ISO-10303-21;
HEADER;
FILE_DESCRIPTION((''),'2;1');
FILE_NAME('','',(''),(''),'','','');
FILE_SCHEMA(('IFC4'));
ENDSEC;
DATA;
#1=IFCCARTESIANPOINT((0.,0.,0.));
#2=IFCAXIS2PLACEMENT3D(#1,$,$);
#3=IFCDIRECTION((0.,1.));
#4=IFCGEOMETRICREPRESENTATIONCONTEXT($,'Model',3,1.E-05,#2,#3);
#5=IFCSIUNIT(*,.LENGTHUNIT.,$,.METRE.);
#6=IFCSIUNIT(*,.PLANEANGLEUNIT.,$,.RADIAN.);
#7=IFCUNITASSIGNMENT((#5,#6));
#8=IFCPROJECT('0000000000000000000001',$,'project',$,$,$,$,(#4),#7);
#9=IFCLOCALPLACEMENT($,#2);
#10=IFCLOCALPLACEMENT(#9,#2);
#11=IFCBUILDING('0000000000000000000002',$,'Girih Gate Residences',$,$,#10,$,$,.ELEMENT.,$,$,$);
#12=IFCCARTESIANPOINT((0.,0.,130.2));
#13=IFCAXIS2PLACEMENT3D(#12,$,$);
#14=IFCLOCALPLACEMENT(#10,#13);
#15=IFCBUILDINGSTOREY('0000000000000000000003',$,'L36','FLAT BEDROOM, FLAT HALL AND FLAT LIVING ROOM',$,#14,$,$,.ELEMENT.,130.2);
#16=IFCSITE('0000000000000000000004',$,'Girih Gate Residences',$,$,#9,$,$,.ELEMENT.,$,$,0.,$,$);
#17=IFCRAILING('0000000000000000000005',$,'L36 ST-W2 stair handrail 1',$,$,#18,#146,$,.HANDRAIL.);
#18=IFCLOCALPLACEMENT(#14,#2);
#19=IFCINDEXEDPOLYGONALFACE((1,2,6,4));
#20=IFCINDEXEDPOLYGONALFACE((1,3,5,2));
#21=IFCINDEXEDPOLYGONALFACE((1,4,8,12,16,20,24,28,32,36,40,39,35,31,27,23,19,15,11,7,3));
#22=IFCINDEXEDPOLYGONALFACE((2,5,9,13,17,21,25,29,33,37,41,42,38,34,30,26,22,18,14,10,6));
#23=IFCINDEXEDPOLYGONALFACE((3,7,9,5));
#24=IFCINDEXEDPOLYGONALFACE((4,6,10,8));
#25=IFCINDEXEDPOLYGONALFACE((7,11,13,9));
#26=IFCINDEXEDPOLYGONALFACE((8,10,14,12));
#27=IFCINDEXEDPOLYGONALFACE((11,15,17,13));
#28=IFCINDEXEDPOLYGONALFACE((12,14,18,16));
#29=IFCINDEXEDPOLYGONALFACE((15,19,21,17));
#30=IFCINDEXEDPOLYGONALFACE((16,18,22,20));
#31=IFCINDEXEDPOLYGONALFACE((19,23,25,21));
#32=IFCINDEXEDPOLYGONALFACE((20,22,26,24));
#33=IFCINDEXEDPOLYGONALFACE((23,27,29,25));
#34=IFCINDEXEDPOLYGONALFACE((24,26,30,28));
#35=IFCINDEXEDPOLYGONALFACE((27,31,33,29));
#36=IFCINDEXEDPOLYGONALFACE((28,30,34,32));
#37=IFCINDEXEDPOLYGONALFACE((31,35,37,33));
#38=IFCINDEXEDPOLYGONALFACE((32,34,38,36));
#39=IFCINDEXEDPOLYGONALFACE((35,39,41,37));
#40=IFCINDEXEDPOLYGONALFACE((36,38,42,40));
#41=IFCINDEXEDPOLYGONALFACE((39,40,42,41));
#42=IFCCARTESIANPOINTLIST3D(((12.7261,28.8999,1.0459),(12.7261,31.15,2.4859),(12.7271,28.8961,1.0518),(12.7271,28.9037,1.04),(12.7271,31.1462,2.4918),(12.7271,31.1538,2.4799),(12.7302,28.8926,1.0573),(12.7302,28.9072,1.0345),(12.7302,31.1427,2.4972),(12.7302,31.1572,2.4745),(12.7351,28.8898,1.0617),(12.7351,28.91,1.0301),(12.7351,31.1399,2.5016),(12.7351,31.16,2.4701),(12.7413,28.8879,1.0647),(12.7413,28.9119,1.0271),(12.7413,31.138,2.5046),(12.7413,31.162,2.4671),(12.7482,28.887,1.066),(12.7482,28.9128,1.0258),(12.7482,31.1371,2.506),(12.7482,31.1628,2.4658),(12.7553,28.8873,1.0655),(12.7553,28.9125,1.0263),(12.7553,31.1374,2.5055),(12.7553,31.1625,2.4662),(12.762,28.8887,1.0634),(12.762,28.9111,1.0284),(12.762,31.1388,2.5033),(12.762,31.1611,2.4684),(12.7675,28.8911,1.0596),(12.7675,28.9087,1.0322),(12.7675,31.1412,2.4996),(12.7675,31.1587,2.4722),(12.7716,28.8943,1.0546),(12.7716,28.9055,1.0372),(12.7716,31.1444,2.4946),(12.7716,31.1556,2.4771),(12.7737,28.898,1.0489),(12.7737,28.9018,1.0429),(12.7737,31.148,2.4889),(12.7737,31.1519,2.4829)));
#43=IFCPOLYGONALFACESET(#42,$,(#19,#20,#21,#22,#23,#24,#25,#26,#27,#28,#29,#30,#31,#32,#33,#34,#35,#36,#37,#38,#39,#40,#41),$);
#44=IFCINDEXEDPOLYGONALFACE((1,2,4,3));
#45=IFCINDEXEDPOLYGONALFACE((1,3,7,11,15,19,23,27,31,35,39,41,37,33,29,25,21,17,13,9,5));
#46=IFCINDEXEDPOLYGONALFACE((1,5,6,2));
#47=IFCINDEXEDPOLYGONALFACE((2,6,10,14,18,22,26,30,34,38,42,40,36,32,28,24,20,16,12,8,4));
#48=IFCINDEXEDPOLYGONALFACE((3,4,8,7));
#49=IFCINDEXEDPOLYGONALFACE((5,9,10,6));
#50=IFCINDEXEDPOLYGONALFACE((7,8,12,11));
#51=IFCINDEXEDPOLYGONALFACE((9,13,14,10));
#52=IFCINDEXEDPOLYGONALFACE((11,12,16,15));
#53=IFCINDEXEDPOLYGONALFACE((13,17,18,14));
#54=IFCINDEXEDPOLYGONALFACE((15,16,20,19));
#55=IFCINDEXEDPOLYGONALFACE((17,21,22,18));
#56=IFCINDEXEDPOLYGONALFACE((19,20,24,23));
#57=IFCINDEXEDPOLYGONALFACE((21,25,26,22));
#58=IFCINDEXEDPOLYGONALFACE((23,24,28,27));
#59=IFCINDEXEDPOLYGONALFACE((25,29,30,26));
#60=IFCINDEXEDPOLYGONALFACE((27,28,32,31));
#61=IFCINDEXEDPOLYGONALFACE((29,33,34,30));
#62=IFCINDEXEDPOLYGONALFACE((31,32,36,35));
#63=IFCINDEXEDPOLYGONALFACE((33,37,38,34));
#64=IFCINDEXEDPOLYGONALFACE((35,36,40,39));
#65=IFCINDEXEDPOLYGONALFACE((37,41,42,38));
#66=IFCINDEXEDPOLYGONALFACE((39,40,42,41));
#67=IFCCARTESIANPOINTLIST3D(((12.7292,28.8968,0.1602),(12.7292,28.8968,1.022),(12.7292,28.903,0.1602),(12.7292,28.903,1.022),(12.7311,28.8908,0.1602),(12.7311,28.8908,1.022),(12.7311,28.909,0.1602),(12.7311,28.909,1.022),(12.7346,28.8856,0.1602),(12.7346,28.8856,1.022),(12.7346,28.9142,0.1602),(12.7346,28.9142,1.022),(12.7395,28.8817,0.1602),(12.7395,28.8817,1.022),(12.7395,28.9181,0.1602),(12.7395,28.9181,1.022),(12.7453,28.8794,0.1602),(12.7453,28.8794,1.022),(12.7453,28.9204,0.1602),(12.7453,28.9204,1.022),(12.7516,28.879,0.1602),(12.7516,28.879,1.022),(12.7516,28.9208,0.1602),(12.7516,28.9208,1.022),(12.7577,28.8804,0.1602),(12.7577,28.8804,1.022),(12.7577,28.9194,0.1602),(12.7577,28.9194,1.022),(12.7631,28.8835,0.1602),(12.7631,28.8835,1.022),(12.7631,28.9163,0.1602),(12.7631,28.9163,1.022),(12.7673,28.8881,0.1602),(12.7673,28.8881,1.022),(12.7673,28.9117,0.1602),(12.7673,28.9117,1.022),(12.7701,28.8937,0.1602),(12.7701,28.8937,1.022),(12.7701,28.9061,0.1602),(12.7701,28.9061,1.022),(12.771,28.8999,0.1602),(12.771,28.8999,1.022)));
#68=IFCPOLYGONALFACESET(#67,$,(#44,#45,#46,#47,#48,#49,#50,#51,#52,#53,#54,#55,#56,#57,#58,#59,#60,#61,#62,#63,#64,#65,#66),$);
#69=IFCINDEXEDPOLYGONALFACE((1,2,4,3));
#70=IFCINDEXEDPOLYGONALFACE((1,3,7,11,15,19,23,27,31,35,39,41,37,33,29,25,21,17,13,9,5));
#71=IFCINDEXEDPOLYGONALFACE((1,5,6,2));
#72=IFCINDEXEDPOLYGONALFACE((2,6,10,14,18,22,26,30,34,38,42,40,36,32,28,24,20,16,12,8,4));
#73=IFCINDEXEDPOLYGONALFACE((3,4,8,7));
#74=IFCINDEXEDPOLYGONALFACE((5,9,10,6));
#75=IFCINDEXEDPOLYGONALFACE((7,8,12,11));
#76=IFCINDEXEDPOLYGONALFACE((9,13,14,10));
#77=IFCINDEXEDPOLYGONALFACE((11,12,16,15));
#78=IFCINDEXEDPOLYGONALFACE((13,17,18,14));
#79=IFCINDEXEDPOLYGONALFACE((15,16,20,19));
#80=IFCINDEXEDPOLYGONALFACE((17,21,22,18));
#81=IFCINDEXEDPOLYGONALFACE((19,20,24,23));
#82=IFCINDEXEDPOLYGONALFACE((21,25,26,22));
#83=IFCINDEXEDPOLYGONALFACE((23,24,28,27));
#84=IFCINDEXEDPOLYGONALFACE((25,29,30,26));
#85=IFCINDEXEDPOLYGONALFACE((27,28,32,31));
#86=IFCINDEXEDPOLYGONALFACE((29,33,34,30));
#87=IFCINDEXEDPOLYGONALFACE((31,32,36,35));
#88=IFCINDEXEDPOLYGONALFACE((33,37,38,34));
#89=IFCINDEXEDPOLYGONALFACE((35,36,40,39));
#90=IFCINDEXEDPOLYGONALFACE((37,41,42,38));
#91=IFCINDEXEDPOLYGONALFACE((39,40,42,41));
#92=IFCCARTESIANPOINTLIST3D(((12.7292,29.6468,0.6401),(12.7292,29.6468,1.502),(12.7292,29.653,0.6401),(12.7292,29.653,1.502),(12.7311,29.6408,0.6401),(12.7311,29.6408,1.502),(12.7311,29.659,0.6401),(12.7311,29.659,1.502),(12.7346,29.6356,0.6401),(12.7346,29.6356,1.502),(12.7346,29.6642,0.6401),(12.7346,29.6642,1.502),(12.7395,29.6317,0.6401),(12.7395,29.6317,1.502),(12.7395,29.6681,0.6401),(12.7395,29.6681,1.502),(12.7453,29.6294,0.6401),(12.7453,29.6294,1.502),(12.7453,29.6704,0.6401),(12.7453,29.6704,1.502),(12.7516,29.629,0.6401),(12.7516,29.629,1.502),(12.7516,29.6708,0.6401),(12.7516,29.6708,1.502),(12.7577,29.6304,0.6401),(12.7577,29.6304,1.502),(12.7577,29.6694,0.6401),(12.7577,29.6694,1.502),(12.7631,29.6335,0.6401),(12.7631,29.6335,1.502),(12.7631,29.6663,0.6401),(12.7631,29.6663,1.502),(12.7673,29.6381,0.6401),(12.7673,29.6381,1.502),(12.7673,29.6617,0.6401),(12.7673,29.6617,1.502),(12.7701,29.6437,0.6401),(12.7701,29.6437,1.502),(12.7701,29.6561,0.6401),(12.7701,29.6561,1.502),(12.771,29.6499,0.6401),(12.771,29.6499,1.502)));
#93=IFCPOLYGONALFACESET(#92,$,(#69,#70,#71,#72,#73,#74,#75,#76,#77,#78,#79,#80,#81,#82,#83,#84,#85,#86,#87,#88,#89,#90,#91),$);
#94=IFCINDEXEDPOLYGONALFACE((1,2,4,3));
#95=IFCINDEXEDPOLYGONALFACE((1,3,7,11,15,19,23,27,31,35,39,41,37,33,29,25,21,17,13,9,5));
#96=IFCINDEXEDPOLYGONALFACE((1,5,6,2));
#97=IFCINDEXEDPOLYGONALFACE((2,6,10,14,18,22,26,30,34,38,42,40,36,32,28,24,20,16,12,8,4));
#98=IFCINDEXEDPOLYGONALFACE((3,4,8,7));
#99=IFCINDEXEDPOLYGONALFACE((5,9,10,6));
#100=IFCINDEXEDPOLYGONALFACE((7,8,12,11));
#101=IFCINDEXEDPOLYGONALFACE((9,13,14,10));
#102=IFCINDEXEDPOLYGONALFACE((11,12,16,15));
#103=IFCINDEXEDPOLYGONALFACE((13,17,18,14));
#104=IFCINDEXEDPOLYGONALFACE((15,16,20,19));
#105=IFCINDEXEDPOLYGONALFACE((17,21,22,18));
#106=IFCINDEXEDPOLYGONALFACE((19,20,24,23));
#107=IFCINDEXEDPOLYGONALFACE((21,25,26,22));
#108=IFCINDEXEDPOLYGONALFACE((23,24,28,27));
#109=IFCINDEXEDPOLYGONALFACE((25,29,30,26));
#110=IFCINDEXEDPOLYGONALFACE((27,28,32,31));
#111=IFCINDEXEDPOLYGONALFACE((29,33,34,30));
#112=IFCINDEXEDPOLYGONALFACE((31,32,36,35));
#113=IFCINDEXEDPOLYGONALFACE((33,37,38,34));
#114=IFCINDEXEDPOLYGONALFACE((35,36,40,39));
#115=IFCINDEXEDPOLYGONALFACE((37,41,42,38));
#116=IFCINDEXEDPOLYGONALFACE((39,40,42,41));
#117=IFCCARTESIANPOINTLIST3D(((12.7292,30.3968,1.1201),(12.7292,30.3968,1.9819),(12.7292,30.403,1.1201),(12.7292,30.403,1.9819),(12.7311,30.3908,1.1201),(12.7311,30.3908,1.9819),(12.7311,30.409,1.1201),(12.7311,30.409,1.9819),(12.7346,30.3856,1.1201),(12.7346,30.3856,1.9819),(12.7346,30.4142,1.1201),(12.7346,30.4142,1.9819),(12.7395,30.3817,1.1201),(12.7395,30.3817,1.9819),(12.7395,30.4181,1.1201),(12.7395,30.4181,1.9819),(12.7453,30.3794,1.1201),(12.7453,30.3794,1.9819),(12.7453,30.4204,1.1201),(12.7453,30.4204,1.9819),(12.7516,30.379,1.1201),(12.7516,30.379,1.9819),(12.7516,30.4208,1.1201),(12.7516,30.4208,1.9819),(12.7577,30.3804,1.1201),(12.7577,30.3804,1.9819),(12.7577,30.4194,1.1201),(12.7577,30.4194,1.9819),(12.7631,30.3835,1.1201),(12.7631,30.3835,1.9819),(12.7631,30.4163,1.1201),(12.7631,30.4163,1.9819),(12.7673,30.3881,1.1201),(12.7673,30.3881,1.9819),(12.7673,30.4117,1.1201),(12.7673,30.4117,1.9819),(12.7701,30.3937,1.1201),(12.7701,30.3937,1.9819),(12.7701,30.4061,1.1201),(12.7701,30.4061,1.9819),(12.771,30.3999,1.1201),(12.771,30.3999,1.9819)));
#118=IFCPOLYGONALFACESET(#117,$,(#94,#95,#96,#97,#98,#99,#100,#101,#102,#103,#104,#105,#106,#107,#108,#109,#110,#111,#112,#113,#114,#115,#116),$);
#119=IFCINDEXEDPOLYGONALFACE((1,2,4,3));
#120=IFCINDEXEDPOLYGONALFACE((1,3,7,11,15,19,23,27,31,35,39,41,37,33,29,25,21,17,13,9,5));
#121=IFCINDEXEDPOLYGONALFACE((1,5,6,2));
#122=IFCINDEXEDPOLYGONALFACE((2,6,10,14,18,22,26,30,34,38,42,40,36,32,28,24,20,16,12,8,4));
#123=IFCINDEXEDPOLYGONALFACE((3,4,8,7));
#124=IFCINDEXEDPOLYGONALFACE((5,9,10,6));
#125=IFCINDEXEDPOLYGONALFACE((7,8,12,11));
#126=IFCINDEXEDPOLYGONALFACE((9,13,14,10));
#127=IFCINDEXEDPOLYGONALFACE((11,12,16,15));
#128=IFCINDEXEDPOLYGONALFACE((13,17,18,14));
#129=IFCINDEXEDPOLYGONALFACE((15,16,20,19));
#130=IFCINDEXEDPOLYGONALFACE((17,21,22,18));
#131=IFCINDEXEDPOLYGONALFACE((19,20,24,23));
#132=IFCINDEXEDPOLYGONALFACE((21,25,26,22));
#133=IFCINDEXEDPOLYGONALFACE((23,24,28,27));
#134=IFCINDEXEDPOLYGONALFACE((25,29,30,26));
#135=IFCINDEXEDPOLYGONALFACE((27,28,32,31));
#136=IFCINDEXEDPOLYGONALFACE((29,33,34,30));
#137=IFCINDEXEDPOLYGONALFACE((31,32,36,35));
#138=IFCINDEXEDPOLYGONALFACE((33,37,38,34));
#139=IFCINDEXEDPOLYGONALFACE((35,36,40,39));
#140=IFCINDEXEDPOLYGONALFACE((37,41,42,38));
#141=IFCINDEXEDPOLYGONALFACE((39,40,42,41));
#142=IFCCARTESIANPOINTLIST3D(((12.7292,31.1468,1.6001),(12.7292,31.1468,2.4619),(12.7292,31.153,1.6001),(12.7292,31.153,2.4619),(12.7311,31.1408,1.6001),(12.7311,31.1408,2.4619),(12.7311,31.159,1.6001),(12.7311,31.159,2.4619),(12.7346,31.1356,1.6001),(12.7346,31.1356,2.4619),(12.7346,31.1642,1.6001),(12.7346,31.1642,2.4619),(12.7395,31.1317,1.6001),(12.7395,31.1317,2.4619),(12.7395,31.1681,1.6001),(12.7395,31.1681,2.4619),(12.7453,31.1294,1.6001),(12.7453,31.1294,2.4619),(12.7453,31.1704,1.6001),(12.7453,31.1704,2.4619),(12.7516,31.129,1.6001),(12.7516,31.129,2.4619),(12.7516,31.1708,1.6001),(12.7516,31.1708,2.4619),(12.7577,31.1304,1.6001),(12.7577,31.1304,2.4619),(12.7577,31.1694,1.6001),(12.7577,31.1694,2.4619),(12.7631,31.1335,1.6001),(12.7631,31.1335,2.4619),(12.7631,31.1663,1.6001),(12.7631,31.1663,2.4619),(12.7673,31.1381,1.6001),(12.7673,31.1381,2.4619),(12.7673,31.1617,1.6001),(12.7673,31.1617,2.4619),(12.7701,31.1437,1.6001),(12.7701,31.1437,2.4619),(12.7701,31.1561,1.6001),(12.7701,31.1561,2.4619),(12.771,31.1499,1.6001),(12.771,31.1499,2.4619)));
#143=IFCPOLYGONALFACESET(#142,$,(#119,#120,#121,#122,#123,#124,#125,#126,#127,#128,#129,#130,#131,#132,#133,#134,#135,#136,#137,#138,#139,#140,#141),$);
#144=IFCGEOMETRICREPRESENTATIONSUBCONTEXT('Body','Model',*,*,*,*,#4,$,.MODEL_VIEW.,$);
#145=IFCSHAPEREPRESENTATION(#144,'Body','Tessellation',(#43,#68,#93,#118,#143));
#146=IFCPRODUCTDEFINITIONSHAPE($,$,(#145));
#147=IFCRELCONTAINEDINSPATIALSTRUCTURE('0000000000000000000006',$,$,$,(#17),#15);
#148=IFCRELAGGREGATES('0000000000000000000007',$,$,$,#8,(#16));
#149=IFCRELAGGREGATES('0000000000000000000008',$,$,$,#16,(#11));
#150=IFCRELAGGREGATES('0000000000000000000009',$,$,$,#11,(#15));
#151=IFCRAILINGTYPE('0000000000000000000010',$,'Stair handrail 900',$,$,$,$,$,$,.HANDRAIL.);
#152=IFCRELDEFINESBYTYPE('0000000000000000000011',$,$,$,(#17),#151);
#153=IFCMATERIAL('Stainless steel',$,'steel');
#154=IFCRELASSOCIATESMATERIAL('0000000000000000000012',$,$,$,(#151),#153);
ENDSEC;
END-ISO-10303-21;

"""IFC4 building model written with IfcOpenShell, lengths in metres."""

from ifc_helpers import new_model, si_unit, direction, frame, origin, origin_2d, place, context, subcontext, project, spatial, circle, extrude, material, type_object, element, save


model = new_model("IFC4")

# Units and contexts
model_context = context("Model", 3, precision=1e-05, world=origin(), true_north=direction((0.0, 1.0)))
body_context = subcontext(model_context, "Body", "Model", "MODEL_VIEW")
ifc_project = project(units=[si_unit("LENGTHUNIT", "METRE"), si_unit("PLANEANGLEUNIT", "RADIAN")], contexts=[model_context])

# Site, building, storey
site_placement = place(None, origin())
site = spatial("IfcSite", under=ifc_project, at=site_placement, Name="Girih Gate Residences", CompositionType="ELEMENT", RefElevation=0.0)
building_placement = place(site_placement, origin())
building = spatial("IfcBuilding", under=site, at=building_placement, Name="Girih Gate Residences", CompositionType="ELEMENT")
storey_placement = place(building_placement, frame((0.0, 0.0, 130.2)))
storey = spatial("IfcBuildingStorey", under=building, at=storey_placement, Name="L36", Description="FLAT BEDROOM, FLAT HALL AND FLAT LIVING ROOM", CompositionType="ELEMENT", Elevation=130.2)

# Railing
ifc_material_1 = material(Name="Stainless steel", Category="steel")
railing_type_1 = type_object("IfcRailingType", Name="Stair handrail 900", PredefinedType="HANDRAIL", material=ifc_material_1)
railing_1_placement = place(storey_placement, frame((12.75, 28.8999, 0.1602)))
element("IfcRailing", 1, at=railing_1_placement, inside=storey, type_object=railing_type_1, Name="L36 ST-W2 stair handrail 1", PredefinedType="HANDRAIL", context=body_context, shape_type="SweptSolid", body=[
    extrude(circle(Radius=0.0239, at=origin_2d()), frame((0.0, 0.0, 0.8857), z_axis=(0.0, 0.842281, 0.539038), x_axis=(-1.0, 0.0, 0.0)), (0.0, 0.0, 1.0), 2.6714),
    extrude(circle(Radius=0.021, at=origin_2d()), origin(), (0.0, 0.0, 1.0), 0.8618),
    extrude(circle(Radius=0.021, at=origin_2d()), frame((0.0, 0.75, 0.48)), (0.0, 0.0, 1.0), 0.8618),
    extrude(circle(Radius=0.021, at=origin_2d()), frame((0.0, 1.5, 0.96)), (0.0, 0.0, 1.0), 0.8618),
    extrude(circle(Radius=0.021, at=origin_2d()), frame((0.0, 2.25, 1.4399)), (0.0, 0.0, 1.0), 0.8618),
])

save(model, "model.ifc")
